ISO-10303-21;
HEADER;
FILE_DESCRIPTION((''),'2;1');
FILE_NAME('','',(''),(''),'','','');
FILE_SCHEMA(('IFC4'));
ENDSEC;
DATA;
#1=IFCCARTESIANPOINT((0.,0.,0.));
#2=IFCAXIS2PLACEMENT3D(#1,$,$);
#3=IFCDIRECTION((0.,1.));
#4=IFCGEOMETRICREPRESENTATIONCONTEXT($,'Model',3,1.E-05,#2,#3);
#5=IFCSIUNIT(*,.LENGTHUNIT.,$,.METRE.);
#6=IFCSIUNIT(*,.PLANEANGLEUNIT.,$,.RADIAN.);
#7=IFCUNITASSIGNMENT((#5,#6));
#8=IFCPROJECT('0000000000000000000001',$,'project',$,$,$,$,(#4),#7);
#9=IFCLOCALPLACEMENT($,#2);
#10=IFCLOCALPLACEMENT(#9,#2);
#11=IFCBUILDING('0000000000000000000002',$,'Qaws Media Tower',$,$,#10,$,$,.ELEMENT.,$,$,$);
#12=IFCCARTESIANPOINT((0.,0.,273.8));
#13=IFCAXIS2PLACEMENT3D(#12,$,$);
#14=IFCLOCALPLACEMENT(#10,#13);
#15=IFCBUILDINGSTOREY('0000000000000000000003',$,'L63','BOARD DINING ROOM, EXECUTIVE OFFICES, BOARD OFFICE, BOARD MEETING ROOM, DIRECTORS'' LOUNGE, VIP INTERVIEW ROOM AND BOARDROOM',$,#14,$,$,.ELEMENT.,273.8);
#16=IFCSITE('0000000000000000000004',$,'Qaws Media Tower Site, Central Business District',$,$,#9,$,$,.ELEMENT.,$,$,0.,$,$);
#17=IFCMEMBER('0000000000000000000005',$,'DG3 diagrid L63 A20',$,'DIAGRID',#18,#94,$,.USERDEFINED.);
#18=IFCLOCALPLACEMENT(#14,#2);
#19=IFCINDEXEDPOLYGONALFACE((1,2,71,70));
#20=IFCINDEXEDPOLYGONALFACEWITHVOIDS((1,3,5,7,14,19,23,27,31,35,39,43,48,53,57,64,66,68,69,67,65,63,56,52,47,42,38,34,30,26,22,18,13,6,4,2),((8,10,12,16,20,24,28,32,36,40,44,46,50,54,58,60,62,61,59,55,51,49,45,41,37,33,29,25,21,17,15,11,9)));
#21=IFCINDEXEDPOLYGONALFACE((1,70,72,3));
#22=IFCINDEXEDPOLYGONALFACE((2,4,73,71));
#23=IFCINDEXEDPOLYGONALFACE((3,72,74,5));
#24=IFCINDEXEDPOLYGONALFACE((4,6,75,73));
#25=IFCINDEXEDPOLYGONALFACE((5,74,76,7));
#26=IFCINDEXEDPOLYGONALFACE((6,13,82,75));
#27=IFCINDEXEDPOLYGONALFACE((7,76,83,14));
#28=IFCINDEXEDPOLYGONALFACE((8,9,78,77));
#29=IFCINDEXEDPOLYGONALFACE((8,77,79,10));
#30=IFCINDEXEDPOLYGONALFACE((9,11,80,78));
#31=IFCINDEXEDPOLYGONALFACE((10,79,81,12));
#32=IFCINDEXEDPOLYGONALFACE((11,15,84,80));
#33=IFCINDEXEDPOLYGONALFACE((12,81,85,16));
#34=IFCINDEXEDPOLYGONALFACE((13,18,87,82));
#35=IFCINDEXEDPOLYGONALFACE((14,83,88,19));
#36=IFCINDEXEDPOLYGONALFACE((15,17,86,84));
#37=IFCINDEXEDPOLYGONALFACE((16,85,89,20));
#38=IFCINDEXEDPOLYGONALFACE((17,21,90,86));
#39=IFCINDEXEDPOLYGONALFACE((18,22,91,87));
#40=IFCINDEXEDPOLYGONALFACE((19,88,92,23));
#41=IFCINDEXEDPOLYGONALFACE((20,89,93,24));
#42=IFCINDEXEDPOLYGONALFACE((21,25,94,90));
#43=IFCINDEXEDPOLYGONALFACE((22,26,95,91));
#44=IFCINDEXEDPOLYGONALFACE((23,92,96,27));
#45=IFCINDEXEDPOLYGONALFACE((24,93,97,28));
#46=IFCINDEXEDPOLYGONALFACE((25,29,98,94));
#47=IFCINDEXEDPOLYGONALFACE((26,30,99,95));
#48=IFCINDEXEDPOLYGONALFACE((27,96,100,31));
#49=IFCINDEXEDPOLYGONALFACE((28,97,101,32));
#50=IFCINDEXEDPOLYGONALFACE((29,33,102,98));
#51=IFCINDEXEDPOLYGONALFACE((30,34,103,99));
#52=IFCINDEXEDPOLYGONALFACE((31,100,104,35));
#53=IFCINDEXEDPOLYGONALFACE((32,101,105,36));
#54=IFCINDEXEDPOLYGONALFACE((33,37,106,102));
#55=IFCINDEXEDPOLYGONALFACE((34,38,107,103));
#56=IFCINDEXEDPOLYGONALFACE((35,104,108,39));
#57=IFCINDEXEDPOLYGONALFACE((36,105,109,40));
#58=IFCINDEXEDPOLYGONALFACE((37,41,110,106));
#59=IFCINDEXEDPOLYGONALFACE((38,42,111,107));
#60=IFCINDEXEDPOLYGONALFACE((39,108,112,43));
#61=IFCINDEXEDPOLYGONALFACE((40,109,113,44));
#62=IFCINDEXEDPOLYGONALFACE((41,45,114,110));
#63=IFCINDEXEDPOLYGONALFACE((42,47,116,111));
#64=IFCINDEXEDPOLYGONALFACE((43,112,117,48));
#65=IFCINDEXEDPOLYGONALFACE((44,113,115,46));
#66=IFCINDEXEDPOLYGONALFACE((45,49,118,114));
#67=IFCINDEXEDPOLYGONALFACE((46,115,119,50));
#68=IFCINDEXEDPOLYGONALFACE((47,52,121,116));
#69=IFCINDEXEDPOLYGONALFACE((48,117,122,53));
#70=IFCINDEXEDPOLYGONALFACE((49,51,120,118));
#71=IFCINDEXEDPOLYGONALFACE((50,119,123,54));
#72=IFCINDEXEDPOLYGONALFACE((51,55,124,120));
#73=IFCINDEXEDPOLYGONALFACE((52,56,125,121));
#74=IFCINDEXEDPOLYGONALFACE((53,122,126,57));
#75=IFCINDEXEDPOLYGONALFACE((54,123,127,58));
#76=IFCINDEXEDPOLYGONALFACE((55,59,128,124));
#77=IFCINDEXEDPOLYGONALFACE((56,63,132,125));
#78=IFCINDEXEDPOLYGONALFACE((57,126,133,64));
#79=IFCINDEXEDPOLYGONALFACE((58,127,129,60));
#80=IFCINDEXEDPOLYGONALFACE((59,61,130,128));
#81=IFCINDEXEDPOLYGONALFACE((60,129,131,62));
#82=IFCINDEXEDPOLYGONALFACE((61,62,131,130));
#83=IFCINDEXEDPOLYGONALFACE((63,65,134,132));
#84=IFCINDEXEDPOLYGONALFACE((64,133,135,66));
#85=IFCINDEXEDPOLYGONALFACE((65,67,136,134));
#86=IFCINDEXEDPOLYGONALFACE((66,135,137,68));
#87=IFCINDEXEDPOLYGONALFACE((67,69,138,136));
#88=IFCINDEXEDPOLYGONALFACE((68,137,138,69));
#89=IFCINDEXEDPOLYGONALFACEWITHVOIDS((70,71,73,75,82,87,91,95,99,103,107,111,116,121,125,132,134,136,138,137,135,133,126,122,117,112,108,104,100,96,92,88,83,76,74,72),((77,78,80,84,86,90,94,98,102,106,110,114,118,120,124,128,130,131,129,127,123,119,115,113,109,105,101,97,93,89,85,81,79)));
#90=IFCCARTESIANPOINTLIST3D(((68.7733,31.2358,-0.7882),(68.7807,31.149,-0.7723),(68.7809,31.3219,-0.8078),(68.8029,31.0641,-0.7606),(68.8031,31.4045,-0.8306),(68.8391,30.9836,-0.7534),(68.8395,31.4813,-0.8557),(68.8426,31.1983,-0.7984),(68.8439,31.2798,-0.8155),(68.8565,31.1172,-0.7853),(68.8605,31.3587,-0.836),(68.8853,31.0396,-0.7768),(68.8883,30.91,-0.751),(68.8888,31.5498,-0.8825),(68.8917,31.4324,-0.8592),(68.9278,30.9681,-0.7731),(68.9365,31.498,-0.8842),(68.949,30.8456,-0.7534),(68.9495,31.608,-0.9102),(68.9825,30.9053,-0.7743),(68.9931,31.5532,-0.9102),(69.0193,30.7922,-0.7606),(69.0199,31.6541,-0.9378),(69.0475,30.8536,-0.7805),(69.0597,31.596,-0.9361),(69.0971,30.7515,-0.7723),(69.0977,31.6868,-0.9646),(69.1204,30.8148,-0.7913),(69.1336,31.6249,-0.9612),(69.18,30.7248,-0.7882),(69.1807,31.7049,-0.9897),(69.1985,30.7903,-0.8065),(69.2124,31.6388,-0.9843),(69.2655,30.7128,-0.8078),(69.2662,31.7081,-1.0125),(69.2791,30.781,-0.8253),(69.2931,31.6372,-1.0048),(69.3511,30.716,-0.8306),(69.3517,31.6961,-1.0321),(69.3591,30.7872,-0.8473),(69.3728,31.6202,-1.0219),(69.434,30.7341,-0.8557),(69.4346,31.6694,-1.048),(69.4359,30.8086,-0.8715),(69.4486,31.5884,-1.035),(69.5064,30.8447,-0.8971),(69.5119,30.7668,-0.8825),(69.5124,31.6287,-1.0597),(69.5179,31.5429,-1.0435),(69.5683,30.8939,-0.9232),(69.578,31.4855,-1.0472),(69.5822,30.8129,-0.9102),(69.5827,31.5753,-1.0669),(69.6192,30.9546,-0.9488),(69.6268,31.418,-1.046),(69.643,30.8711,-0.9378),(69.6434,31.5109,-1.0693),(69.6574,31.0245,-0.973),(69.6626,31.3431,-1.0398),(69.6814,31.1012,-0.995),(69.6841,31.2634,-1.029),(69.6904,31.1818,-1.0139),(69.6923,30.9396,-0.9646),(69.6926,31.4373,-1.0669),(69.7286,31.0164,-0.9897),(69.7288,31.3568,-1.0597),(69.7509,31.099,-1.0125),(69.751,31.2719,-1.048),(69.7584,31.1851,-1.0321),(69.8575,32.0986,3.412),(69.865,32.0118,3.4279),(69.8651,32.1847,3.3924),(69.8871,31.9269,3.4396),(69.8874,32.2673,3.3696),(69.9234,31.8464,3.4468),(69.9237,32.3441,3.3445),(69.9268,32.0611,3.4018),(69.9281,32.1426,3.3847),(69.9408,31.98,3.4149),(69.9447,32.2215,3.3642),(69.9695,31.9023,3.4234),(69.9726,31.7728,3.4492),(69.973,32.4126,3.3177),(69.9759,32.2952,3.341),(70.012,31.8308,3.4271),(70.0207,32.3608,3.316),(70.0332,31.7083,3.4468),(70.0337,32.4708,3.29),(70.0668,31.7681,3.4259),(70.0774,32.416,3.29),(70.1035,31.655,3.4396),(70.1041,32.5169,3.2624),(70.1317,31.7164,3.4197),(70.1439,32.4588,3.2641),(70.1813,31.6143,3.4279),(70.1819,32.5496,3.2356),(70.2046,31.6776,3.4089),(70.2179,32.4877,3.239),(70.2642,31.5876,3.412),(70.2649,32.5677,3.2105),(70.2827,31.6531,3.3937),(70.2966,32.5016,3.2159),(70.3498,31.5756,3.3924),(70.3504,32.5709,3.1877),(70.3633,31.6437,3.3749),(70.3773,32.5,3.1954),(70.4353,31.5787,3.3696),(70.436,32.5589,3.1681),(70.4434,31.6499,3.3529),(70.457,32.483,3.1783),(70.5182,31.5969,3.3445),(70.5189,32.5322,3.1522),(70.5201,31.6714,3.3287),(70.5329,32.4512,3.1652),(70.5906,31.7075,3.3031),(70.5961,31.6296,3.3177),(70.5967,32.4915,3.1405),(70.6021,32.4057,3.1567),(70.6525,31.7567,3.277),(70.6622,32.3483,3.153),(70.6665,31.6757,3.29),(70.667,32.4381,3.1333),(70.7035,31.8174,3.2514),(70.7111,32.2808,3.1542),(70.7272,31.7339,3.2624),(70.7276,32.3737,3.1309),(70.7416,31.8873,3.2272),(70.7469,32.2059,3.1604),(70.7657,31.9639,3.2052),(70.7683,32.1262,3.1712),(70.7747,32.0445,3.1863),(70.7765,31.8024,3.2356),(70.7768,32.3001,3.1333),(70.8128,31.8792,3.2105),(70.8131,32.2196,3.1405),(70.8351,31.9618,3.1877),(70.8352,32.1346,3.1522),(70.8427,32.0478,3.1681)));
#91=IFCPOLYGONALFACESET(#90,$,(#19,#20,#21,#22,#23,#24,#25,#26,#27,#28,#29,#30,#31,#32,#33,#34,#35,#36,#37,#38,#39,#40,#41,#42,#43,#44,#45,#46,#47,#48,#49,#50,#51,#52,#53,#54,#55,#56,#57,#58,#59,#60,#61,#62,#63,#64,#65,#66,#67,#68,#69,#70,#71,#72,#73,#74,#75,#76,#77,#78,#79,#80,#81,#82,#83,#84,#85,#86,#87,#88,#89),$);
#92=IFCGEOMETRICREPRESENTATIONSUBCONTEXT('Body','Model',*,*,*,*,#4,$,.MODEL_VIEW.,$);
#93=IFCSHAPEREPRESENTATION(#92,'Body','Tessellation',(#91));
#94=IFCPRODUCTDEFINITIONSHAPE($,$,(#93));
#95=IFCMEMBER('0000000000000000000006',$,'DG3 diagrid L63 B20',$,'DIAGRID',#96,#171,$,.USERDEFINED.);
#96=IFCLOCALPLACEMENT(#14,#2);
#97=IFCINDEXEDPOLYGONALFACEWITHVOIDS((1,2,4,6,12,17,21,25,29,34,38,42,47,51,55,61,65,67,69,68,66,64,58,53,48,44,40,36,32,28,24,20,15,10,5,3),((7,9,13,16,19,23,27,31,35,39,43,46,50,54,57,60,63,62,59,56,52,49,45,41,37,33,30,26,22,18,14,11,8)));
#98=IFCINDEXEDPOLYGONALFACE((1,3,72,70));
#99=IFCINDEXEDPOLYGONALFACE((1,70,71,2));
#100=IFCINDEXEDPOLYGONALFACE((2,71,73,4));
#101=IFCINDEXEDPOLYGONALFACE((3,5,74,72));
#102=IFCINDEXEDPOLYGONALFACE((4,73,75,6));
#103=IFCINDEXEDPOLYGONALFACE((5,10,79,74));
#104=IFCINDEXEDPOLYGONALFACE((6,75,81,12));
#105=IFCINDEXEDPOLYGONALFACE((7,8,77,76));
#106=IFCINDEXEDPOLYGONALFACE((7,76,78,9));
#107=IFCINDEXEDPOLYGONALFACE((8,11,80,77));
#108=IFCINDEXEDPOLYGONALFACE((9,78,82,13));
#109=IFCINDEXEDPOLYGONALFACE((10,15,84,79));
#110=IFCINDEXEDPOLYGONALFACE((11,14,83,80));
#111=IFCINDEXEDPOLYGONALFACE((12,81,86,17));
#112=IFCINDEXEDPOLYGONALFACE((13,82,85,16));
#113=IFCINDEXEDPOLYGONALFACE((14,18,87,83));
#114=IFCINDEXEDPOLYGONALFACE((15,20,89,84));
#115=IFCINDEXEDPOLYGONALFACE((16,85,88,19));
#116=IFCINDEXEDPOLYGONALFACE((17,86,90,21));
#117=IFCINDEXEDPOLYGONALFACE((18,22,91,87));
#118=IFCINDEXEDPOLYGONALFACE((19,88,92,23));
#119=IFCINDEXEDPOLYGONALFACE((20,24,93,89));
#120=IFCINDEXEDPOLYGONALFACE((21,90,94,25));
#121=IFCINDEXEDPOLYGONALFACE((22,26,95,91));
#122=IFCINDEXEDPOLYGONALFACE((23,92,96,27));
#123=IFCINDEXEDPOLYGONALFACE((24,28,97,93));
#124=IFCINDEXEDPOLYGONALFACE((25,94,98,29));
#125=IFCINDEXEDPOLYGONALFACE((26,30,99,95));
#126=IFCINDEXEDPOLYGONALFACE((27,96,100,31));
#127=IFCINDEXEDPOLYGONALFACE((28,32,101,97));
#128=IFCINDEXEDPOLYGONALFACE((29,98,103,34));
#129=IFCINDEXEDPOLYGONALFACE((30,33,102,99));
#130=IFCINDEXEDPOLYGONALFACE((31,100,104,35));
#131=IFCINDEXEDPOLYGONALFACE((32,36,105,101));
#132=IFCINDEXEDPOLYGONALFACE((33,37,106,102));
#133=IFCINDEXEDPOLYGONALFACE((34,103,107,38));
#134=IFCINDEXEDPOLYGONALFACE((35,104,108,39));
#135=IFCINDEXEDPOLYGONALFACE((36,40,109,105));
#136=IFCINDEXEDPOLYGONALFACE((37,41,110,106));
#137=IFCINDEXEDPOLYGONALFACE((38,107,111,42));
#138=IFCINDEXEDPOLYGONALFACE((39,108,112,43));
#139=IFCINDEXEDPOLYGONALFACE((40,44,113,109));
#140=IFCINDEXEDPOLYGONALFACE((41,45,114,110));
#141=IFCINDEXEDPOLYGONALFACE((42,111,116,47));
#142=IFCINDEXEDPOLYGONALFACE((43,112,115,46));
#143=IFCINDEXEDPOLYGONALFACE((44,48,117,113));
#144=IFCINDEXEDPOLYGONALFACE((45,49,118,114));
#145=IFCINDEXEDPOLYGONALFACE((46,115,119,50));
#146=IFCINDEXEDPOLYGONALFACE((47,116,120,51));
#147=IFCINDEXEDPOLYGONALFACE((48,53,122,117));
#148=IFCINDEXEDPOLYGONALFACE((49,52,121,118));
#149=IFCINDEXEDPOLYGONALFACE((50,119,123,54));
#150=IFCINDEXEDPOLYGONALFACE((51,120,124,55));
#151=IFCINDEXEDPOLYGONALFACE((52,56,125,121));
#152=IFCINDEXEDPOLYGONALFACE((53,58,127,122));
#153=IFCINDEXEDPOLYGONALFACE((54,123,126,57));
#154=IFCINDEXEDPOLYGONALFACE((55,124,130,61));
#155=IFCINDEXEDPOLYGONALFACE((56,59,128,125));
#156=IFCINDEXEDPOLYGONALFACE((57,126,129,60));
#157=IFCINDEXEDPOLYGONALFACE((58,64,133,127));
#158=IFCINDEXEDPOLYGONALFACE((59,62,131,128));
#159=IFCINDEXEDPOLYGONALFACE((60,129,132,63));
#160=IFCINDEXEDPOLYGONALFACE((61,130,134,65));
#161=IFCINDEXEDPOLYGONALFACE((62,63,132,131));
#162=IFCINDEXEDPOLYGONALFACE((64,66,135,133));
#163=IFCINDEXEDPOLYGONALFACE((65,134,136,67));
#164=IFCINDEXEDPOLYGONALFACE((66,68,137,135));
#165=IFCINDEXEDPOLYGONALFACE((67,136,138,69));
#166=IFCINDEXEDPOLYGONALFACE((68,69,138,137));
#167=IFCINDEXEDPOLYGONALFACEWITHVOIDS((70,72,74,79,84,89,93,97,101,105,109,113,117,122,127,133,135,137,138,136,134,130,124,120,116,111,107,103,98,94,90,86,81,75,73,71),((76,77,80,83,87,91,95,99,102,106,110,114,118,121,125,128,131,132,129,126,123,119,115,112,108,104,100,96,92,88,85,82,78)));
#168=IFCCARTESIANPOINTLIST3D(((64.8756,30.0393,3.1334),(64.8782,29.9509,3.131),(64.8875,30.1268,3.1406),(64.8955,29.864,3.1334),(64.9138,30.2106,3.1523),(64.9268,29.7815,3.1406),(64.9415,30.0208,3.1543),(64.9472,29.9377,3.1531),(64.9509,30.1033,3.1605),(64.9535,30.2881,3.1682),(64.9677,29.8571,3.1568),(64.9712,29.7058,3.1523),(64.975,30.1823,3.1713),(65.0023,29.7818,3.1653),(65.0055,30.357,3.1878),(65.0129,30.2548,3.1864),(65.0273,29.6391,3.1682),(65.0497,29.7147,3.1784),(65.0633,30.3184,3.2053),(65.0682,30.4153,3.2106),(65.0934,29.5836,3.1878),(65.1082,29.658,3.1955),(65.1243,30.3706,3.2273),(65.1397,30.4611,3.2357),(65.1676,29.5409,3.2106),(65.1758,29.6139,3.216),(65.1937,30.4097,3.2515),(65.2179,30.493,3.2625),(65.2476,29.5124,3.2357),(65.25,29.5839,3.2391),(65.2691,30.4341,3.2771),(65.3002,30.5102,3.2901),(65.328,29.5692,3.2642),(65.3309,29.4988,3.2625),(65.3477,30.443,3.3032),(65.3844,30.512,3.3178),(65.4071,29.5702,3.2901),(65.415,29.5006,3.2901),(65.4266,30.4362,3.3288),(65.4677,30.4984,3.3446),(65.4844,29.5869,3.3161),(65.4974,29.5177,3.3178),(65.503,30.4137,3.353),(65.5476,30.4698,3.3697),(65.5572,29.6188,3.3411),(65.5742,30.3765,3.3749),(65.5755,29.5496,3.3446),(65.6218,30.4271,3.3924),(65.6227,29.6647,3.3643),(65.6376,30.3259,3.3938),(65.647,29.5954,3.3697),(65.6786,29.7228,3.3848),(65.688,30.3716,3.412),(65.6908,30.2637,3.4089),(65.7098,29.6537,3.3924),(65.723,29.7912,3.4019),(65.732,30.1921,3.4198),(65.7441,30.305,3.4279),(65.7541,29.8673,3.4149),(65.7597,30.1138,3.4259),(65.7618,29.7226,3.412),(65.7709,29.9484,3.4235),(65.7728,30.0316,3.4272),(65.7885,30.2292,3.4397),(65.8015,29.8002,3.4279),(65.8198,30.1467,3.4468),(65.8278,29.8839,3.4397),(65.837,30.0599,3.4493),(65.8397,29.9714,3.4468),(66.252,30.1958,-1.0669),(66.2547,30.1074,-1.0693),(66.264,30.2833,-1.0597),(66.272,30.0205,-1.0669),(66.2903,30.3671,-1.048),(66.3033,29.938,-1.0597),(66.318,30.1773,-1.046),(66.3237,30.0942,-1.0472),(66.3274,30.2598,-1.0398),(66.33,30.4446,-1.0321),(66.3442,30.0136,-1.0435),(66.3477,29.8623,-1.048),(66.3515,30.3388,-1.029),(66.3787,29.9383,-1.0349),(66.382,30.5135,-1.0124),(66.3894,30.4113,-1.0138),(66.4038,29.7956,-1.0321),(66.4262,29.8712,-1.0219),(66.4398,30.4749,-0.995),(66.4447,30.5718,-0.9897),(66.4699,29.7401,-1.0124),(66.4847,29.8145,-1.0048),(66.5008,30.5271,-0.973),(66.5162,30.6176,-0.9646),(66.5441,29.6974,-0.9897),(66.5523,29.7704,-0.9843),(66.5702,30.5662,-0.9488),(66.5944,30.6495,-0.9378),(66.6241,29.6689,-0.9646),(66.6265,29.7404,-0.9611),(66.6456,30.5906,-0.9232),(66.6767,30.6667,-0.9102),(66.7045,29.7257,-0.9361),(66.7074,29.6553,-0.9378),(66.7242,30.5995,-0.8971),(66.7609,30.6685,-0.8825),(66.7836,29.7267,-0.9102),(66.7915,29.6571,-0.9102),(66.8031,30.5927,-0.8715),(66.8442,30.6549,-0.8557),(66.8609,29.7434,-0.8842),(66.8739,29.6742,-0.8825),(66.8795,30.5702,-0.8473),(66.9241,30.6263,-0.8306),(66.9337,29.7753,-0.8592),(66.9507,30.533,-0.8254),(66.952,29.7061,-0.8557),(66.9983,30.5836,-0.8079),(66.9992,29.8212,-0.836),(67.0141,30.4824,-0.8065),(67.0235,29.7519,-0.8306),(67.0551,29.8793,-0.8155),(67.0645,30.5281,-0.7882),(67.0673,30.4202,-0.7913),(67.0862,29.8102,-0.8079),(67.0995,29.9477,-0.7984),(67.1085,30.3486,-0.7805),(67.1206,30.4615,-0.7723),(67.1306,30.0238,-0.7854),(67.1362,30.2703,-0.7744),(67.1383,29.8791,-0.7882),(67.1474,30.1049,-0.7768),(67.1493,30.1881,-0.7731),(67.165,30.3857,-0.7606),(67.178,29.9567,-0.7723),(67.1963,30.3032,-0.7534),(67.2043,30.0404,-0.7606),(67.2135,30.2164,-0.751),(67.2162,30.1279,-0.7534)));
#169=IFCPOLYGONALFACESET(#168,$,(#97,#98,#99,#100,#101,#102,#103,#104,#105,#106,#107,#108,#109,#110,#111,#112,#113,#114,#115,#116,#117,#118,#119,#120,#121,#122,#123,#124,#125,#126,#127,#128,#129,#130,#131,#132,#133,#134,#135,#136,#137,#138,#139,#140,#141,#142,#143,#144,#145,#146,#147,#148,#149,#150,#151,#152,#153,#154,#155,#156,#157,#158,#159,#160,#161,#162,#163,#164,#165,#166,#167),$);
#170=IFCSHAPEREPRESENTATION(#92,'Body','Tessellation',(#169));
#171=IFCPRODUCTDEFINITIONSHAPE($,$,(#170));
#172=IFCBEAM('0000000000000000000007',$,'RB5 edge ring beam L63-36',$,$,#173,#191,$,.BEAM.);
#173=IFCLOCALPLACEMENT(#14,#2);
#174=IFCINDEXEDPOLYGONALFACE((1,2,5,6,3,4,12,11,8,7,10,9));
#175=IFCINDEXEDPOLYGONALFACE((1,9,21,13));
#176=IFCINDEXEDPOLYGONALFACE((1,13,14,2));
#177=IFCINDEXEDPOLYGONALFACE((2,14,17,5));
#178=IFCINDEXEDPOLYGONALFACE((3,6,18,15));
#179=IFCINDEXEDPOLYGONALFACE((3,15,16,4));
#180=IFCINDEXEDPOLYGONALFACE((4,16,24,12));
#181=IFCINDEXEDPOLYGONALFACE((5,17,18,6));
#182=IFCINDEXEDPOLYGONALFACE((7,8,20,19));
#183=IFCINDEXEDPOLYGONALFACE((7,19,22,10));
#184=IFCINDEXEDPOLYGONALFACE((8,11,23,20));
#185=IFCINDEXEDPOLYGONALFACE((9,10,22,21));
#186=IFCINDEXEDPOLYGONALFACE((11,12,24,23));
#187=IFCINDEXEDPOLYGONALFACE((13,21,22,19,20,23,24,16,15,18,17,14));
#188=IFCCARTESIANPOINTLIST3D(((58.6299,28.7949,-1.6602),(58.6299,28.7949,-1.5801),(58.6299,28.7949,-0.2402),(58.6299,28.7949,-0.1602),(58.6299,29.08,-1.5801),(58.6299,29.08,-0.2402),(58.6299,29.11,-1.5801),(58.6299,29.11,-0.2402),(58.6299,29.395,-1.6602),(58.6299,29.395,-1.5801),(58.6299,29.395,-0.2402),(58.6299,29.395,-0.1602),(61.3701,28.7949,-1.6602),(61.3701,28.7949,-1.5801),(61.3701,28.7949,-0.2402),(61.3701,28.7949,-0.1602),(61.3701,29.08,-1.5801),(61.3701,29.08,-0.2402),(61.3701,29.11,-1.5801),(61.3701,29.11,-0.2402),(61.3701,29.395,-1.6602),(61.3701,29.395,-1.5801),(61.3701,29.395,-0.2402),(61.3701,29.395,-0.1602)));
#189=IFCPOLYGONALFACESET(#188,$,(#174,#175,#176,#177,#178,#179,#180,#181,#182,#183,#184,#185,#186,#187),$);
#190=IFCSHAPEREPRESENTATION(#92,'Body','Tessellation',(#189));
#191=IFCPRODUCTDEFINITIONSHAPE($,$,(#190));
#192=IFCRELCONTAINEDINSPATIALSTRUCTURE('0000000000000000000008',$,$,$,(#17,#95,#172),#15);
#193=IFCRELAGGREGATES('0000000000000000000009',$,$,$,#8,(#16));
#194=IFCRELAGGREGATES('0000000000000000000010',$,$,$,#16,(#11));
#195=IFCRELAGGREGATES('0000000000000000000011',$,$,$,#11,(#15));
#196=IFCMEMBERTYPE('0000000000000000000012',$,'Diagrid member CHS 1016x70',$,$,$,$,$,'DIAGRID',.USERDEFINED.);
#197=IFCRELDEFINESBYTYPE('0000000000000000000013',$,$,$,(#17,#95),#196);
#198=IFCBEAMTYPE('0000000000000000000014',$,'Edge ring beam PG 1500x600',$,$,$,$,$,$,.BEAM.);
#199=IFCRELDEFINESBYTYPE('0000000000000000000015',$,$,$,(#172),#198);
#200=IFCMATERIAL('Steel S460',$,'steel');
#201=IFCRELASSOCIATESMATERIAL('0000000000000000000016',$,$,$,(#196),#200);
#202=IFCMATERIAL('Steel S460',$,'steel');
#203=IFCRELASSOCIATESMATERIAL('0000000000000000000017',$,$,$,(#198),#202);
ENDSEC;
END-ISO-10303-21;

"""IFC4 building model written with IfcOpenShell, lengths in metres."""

from ifc_helpers import new_model, si_unit, direction, frame, origin, origin_2d, place, context, subcontext, project, spatial, hollow_circle, i_section, extrude, material, material_profile, profile_set, type_object, element, save


model = new_model("IFC4")

# Units and contexts
model_context = context("Model", 3, precision=1e-05, world=origin(), true_north=direction((0.0, 1.0)))
body_context = subcontext(model_context, "Body", "Model", "MODEL_VIEW")
ifc_project = project(units=[si_unit("LENGTHUNIT", "METRE"), si_unit("PLANEANGLEUNIT", "RADIAN")], contexts=[model_context])

# Site, building, storey
site_placement = place(None, origin())
site = spatial("IfcSite", under=ifc_project, at=site_placement, Name="Qaws Media Tower Site, Central Business District", CompositionType="ELEMENT", RefElevation=0.0)
building_placement = place(site_placement, origin())
building = spatial("IfcBuilding", under=site, at=building_placement, Name="Qaws Media Tower", CompositionType="ELEMENT")
storey_placement = place(building_placement, frame((0.0, 0.0, 273.8)))
storey = spatial("IfcBuildingStorey", under=building, at=storey_placement, Name="L63", Description="BOARD DINING ROOM, EXECUTIVE OFFICES, BOARD OFFICE, BOARD MEETING ROOM, DIRECTORS' LOUNGE, VIP INTERVIEW ROOM AND BOARDROOM", CompositionType="ELEMENT", Elevation=273.8)

# Members
ifc_material_1 = material(Name="Steel S460", Category="steel")
ifc_material_profile_1 = material_profile(ifc_material_1, hollow_circle(Radius=0.5081, WallThickness=0.0701, at=origin_2d()), Name="CHS 1016x70")
ifc_profile_set_1 = profile_set([ifc_material_profile_1], Name="Steel S460")
member_type_1 = type_object("IfcMemberType", Name="Diagrid member CHS 1016x70", ElementType="DIAGRID", PredefinedType="USERDEFINED", material=ifc_profile_set_1)
for number, where, z_axis, x_axis, name in (
    (1, (69.2659, 31.2104, -0.9102), (0.245142, 0.195076, 0.949658), (-0.622673, 0.782482, 0.0), "DG3 diagrid L63 A20"),
    (2, (66.7341, 30.1619, -0.9102), (-0.311223, -0.035384, 0.949678), (0.112965, -0.993599, 0.0), "DG3 diagrid L63 B20"),
):
    element("IfcMember", number, at=place(storey_placement, frame(where, z_axis=z_axis, x_axis=x_axis)), inside=storey, type_object=member_type_1, Name=name, ObjectType="DIAGRID", PredefinedType="USERDEFINED", context=body_context, shape_type="SweptSolid", body=[
        extrude(hollow_circle(Radius=0.5081, WallThickness=0.0701, at=origin_2d()), origin(), (0.0, 0.0, 1.0), 4.4229),
    ])

# Beam
ifc_material_2 = material(Name="Steel S460", Category="steel")
ifc_material_profile_2 = material_profile(ifc_material_2, i_section(OverallWidth=0.6001, OverallDepth=1.5, WebThickness=0.03, FlangeThickness=0.0801, at=origin_2d()), Name="PG 1500x600")
ifc_profile_set_2 = profile_set([ifc_material_profile_2], Name="Steel S460")
beam_type = type_object("IfcBeamType", Name="Edge ring beam PG 1500x600", PredefinedType="BEAM", material=ifc_profile_set_2)
beam_1_placement = place(storey_placement, frame((58.6299, 29.095, -0.9102), z_axis=(1.0, 0.0, 0.0), x_axis=(0.0, 1.0, 0.0)))
element("IfcBeam", 3, at=beam_1_placement, inside=storey, type_object=beam_type, Name="RB5 edge ring beam L63-36", PredefinedType="BEAM", context=body_context, shape_type="SweptSolid", body=[
    extrude(i_section(OverallWidth=0.6001, OverallDepth=1.5, WebThickness=0.03, FlangeThickness=0.0801, at=origin_2d()), origin(), (0.0, 0.0, 1.0), 2.7402),
])

save(model, "model.ifc")
